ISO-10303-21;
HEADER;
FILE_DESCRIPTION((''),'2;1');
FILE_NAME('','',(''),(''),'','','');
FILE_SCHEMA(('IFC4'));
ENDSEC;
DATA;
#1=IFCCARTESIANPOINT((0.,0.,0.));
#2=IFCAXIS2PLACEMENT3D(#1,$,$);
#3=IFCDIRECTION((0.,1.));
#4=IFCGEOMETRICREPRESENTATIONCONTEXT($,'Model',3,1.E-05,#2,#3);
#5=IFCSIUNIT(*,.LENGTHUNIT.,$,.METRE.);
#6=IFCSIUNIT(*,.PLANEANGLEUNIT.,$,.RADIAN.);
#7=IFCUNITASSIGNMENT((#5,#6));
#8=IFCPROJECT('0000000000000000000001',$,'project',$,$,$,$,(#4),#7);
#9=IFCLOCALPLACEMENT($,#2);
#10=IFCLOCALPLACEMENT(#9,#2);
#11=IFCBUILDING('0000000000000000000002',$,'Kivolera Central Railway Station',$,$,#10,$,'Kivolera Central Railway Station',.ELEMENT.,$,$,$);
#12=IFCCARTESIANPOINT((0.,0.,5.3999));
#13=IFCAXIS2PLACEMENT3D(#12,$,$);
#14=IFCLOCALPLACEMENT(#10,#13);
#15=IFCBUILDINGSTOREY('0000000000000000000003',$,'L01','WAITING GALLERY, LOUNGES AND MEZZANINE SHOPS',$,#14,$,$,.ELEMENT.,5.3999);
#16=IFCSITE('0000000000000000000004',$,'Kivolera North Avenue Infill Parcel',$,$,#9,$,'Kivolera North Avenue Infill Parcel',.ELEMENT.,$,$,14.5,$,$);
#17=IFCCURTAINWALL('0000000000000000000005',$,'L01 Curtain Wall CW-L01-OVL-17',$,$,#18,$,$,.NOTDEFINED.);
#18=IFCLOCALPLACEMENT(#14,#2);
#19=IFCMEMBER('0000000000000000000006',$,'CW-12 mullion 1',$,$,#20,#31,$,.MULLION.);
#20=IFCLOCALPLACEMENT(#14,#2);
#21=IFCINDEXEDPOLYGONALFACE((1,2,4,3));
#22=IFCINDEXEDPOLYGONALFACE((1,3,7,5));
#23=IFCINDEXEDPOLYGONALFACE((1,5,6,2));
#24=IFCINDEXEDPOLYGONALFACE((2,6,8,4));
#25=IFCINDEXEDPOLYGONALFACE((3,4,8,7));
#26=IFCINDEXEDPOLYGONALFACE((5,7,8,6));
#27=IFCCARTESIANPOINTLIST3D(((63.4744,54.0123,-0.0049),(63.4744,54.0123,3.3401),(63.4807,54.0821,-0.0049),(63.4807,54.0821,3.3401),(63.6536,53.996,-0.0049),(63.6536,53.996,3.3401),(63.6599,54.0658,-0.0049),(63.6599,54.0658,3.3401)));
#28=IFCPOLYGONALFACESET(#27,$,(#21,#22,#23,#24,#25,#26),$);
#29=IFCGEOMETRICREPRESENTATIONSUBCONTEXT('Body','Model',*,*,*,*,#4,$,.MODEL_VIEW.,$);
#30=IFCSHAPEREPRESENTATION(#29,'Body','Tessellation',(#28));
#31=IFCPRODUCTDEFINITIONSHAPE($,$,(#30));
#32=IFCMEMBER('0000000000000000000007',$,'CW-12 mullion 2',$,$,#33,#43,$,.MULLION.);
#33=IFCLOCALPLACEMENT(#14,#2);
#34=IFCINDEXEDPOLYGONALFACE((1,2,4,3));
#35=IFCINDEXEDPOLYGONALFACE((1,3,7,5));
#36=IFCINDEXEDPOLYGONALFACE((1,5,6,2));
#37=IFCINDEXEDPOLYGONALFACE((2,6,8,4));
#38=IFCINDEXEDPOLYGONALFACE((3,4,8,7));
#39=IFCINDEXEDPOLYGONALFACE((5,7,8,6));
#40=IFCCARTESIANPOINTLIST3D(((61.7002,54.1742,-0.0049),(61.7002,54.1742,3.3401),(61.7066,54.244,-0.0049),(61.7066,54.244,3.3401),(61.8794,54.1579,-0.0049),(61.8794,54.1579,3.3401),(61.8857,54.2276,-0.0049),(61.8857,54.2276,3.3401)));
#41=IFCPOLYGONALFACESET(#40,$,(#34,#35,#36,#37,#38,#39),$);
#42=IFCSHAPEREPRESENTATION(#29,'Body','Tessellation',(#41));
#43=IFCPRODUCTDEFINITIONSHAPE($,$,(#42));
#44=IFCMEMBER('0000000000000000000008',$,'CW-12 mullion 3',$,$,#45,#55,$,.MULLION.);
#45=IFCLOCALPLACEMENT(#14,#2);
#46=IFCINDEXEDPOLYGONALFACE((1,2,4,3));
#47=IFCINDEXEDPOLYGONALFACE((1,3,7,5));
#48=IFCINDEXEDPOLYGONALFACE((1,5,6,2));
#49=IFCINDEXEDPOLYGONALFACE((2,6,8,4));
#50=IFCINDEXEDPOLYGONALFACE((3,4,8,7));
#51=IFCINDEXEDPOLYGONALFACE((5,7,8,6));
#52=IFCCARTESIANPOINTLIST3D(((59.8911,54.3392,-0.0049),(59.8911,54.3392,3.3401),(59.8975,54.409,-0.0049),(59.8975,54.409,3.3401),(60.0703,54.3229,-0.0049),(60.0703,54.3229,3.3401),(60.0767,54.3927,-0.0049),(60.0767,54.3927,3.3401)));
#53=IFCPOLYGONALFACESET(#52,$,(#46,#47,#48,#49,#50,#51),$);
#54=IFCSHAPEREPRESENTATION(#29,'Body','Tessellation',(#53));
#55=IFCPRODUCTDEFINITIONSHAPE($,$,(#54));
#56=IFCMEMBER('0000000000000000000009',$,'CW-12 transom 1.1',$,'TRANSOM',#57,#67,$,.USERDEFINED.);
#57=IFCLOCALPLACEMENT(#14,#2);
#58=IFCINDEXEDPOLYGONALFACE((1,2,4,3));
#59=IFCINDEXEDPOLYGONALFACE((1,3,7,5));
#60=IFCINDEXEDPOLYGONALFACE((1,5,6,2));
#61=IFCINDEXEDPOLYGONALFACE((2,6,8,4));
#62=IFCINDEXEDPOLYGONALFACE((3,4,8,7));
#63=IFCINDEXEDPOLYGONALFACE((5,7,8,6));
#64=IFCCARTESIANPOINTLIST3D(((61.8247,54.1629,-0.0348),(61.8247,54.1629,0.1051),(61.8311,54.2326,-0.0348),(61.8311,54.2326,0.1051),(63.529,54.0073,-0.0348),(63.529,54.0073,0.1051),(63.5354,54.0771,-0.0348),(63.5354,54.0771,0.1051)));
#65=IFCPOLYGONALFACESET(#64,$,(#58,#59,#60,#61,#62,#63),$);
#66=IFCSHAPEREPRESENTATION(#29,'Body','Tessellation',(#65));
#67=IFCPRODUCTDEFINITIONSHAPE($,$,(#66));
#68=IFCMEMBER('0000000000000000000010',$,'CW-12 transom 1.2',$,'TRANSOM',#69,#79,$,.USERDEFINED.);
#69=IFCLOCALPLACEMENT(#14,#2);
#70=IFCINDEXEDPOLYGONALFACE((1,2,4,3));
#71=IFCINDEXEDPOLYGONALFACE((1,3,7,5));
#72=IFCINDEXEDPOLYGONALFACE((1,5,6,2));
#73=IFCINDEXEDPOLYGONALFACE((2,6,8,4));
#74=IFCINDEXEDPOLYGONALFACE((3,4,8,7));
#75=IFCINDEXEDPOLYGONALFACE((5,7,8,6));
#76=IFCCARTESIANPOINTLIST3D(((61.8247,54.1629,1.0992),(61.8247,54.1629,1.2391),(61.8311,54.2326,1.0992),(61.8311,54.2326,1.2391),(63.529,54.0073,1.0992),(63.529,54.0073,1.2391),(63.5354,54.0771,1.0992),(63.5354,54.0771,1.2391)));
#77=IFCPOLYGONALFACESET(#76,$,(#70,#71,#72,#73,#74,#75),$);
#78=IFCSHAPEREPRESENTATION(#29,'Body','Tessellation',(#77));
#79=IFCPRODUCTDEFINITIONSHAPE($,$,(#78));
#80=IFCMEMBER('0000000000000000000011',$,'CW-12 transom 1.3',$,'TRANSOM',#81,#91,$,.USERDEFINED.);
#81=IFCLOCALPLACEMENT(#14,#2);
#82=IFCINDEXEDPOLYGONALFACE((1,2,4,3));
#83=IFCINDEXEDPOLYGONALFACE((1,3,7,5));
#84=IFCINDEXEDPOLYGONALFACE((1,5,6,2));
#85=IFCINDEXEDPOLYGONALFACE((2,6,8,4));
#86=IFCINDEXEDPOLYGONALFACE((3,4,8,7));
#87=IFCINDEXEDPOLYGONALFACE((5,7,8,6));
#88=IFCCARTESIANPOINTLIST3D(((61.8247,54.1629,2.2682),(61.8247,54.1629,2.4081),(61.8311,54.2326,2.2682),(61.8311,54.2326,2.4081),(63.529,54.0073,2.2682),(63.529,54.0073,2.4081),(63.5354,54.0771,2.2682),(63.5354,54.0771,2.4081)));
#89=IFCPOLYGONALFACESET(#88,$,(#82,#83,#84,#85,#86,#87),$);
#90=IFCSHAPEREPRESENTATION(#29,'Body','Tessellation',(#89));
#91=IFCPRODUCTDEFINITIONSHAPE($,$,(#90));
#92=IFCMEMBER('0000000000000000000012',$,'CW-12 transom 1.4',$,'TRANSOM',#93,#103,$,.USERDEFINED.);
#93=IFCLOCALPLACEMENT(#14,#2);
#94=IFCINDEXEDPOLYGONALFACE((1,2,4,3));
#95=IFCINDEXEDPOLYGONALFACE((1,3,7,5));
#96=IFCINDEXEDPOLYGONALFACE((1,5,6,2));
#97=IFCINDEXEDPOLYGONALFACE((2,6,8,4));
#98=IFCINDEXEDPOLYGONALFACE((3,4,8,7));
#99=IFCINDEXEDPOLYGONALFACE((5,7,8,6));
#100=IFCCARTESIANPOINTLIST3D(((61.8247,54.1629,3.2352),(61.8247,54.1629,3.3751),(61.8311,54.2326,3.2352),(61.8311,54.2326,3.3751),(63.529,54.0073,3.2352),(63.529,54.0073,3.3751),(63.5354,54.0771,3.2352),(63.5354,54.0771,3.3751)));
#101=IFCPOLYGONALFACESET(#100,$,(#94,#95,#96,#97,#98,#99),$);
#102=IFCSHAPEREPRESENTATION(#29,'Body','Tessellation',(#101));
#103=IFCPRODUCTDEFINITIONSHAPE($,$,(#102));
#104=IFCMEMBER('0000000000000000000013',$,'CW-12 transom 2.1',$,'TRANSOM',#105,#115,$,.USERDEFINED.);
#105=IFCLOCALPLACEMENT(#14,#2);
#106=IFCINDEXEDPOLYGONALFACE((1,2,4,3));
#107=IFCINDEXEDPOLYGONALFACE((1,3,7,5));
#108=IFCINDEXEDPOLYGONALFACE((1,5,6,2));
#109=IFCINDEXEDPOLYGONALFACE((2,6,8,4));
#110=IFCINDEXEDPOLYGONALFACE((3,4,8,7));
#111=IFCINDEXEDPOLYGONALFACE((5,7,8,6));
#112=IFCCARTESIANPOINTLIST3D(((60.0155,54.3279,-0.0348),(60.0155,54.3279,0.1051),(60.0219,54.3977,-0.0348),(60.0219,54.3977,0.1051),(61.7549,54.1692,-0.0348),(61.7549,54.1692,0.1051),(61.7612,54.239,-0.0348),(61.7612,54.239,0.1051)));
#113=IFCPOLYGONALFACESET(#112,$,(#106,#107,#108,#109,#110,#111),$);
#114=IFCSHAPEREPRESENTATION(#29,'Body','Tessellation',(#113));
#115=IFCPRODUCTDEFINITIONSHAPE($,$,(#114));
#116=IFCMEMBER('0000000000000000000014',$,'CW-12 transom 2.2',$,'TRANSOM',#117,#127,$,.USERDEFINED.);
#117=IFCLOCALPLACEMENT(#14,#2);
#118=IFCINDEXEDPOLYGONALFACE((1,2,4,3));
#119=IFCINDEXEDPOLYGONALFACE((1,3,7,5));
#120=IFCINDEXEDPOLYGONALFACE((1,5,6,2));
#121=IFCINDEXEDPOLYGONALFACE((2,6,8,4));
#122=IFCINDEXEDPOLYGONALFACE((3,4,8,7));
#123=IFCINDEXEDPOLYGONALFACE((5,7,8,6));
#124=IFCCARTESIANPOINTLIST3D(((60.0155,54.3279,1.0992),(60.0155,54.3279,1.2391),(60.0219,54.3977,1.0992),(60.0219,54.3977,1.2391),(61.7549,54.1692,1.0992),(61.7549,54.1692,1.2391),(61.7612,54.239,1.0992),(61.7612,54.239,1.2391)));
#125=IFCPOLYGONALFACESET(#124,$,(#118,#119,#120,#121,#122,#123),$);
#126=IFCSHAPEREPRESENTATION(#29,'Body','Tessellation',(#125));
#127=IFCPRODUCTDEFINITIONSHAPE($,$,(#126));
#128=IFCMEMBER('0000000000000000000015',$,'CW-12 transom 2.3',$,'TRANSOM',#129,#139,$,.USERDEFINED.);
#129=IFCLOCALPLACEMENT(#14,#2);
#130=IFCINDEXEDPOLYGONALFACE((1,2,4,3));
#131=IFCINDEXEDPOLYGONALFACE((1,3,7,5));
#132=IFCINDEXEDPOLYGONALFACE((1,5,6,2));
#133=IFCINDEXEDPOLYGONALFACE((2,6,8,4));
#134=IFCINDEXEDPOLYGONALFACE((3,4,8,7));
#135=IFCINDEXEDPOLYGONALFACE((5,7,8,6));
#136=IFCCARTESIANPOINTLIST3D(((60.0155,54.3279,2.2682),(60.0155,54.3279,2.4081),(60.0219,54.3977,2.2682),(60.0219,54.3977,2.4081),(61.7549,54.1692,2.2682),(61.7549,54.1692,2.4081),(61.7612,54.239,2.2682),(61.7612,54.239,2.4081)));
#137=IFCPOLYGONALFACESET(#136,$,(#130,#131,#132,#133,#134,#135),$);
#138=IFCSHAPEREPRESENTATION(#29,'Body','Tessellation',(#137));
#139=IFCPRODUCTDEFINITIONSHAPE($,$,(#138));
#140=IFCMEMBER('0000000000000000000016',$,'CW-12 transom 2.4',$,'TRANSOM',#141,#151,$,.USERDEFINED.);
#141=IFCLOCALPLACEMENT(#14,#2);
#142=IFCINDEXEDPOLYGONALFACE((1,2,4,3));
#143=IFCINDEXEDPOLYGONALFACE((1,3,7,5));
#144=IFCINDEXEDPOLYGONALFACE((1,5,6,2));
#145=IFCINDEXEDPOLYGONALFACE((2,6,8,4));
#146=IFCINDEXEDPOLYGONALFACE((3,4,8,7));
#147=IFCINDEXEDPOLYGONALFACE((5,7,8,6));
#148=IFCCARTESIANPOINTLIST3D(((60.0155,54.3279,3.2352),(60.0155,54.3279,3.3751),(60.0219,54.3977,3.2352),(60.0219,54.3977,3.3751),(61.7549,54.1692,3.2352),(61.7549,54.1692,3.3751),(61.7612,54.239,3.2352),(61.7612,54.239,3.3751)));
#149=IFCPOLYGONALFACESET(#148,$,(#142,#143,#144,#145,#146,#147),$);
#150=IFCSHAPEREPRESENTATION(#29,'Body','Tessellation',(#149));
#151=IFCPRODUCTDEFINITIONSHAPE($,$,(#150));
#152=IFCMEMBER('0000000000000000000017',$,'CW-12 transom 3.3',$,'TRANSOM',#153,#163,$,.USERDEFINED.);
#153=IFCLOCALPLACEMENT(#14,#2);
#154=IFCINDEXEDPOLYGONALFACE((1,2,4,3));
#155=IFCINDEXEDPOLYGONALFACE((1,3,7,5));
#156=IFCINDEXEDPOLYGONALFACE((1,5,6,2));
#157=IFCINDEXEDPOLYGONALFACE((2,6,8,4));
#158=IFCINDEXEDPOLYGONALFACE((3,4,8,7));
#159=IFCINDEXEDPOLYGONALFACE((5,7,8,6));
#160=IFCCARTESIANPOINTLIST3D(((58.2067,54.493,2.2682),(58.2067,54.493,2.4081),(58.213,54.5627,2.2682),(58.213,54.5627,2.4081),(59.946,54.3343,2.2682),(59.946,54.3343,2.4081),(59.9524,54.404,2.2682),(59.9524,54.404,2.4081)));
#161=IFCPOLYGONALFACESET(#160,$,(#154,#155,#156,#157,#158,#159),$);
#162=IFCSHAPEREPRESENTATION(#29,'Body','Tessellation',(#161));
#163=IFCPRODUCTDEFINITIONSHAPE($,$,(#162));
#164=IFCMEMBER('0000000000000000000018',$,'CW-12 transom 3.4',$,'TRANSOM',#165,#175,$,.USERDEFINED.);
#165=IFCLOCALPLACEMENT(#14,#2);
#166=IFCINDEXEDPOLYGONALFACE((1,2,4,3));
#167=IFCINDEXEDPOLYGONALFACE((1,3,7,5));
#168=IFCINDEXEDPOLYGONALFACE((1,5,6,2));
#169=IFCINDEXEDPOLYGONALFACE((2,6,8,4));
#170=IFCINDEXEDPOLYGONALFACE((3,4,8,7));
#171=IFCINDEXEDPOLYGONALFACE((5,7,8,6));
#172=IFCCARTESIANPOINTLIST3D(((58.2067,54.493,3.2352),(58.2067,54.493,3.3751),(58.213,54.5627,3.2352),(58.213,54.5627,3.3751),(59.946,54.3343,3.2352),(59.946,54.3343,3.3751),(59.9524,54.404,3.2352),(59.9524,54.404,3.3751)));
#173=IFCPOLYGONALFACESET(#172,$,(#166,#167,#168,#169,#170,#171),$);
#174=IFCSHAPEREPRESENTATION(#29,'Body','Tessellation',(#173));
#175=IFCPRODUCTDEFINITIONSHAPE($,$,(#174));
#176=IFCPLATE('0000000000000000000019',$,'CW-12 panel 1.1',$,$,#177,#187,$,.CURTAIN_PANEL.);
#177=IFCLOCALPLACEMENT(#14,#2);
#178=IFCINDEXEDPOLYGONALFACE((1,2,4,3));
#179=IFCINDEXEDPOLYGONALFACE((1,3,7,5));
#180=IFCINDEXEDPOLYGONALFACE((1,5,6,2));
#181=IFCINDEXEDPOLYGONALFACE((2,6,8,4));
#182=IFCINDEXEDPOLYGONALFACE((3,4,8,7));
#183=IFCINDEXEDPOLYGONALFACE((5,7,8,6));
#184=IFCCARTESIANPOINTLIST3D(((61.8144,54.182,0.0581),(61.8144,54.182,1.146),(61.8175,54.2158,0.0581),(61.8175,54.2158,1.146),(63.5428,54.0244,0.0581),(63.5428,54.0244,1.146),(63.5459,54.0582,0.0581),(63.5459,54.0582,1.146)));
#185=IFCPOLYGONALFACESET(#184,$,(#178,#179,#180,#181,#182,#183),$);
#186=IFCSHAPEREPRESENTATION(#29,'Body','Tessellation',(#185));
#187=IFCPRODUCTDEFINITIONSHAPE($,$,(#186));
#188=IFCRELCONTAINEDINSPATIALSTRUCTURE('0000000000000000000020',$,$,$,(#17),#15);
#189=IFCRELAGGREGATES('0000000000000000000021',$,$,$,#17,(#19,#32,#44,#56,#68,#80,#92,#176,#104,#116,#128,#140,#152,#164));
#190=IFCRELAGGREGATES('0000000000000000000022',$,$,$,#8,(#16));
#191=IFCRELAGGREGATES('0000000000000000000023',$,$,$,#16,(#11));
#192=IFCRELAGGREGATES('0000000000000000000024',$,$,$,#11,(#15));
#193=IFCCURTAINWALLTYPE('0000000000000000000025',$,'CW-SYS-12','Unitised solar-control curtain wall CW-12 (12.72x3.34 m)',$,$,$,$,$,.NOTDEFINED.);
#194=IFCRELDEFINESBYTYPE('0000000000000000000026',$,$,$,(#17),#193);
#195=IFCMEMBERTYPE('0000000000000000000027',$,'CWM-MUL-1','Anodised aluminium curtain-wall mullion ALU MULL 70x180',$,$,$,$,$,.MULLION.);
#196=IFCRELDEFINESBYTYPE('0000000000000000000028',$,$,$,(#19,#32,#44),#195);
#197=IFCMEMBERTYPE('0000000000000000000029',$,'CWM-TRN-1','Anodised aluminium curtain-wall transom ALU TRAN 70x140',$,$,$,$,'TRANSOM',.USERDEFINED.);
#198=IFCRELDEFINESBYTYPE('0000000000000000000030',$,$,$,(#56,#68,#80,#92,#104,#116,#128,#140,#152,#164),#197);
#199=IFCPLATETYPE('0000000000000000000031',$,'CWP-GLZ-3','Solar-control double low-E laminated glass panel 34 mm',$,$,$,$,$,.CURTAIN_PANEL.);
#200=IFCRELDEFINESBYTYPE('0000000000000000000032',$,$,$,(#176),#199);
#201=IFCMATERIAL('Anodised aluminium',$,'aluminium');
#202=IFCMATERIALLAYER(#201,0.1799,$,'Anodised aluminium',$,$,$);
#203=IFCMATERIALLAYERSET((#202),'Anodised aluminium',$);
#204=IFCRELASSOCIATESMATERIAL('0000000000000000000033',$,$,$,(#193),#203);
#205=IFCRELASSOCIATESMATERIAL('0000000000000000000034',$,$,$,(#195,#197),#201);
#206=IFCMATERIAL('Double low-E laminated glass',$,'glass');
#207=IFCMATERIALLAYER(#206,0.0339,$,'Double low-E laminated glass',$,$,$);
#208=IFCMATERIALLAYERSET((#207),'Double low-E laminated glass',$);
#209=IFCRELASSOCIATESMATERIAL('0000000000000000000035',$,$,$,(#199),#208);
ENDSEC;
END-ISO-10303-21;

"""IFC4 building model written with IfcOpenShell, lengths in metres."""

from ifc_helpers import new_model, si_unit, direction, frame, origin, origin_2d, place, context, subcontext, project, spatial, rectangle, extrude, material, layer, layer_set, material_profile, profile_set, type_object, element, aggregate, save


model = new_model("IFC4")

# Units and contexts
model_context = context("Model", 3, precision=1e-05, world=origin(), true_north=direction((0.0, 1.0)))
body_context = subcontext(model_context, "Body", "Model", "MODEL_VIEW")
ifc_project = project(units=[si_unit("LENGTHUNIT", "METRE"), si_unit("PLANEANGLEUNIT", "RADIAN")], contexts=[model_context])

# Site, building, storey
site_placement = place(None, origin())
site = spatial("IfcSite", under=ifc_project, at=site_placement, Name="Kivolera North Avenue Infill Parcel", LongName="Kivolera North Avenue Infill Parcel", CompositionType="ELEMENT", RefElevation=14.5)
building_placement = place(site_placement, origin())
building = spatial("IfcBuilding", under=site, at=building_placement, Name="Kivolera Central Railway Station", LongName="Kivolera Central Railway Station", CompositionType="ELEMENT")
storey_placement = place(building_placement, frame((0.0, 0.0, 5.3999)))
storey = spatial("IfcBuildingStorey", under=building, at=storey_placement, Name="L01", Description="WAITING GALLERY, LOUNGES AND MEZZANINE SHOPS", CompositionType="ELEMENT", Elevation=5.3999)

# Curtain wall, members, plate
ifc_material_1 = material(Name="Anodised aluminium", Category="aluminium")
ifc_layer_1 = layer(ifc_material_1, 0.1799, Name="Anodised aluminium")
ifc_layer_set_1 = layer_set([ifc_layer_1], Name="Anodised aluminium")
curtain_wall_type = type_object("IfcCurtainWallType", Name="CW-SYS-12", Description="Unitised solar-control curtain wall CW-12 (12.72x3.34 m)", PredefinedType="NOTDEFINED", material=ifc_layer_set_1)
curtain_wall_placement = place(storey_placement, origin())
curtain_wall = element("IfcCurtainWall", 1, at=curtain_wall_placement, inside=storey, type_object=curtain_wall_type, Name="L01 Curtain Wall CW-L01-OVL-17", PredefinedType="NOTDEFINED")
ifc_material_profile_1 = material_profile(ifc_material_1, rectangle(XDim=0.0701, YDim=0.1799, at=origin_2d()), Name="ALU MULL 70x180")
ifc_profile_set_1 = profile_set([ifc_material_profile_1], Name="Anodised aluminium")
member_type_1 = type_object("IfcMemberType", Name="CWM-MUL-1", Description="Anodised aluminium curtain-wall mullion ALU MULL 70x180", PredefinedType="MULLION", material=ifc_profile_set_1)
member_1_placement = place(storey_placement, frame((63.5671, 54.0391, -0.0049), z_axis=(0.0, 0.0, 1.0), x_axis=(-0.090834, -0.995866, 0.0)))
member_1 = element("IfcMember", 2, at=member_1_placement, type_object=member_type_1, Name="CW-12 mullion 1", PredefinedType="MULLION", context=body_context, shape_type="SweptSolid", body=[
    extrude(rectangle(XDim=0.0701, YDim=0.1799, at=origin_2d()), origin(), (0.0, 0.0, 1.0), 3.345),
])
member_2_placement = place(storey_placement, frame((61.793, 54.2009, -0.0049), z_axis=(0.0, 0.0, 1.0), x_axis=(-0.090834, -0.995866, 0.0)))
member_2 = element("IfcMember", 3, at=member_2_placement, type_object=member_type_1, Name="CW-12 mullion 2", PredefinedType="MULLION", context=body_context, shape_type="SweptSolid", body=[
    extrude(rectangle(XDim=0.0701, YDim=0.1799, at=origin_2d()), origin(), (0.0, 0.0, 1.0), 3.345),
])
member_3_placement = place(storey_placement, frame((59.9839, 54.366, -0.0049), z_axis=(0.0, 0.0, 1.0), x_axis=(-0.090834, -0.995866, 0.0)))
member_3 = element("IfcMember", 4, at=member_3_placement, type_object=member_type_1, Name="CW-12 mullion 3", PredefinedType="MULLION", context=body_context, shape_type="SweptSolid", body=[
    extrude(rectangle(XDim=0.0701, YDim=0.1799, at=origin_2d()), origin(), (0.0, 0.0, 1.0), 3.345),
])
ifc_material_profile_2 = material_profile(ifc_material_1, rectangle(XDim=0.0701, YDim=0.1399, at=origin_2d()), Name="ALU TRAN 70x140")
ifc_profile_set_2 = profile_set([ifc_material_profile_2], Name="Anodised aluminium")
member_type_2 = type_object("IfcMemberType", Name="CWM-TRN-1", Description="Anodised aluminium curtain-wall transom ALU TRAN 70x140", ElementType="TRANSOM", PredefinedType="USERDEFINED", material=ifc_profile_set_2)
member_4_placement = place(storey_placement, frame((63.5322, 54.0422, 0.0352), z_axis=(-0.995863, 0.09087, 0.0), x_axis=(-0.09087, -0.995863, 0.0)))
member_4 = element("IfcMember", 5, at=member_4_placement, type_object=member_type_2, Name="CW-12 transom 1.1", ObjectType="TRANSOM", PredefinedType="USERDEFINED", context=body_context, shape_type="SweptSolid", body=[
    extrude(rectangle(XDim=0.0701, YDim=0.1399, at=origin_2d()), origin(), (0.0, 0.0, 1.0), 1.7114),
])
member_5_placement = place(storey_placement, frame((63.5322, 54.0422, 1.1692), z_axis=(-0.995863, 0.09087, 0.0), x_axis=(-0.09087, -0.995863, 0.0)))
member_5 = element("IfcMember", 6, at=member_5_placement, type_object=member_type_2, Name="CW-12 transom 1.2", ObjectType="TRANSOM", PredefinedType="USERDEFINED", context=body_context, shape_type="SweptSolid", body=[
    extrude(rectangle(XDim=0.0701, YDim=0.1399, at=origin_2d()), origin(), (0.0, 0.0, 1.0), 1.7114),
])
member_6_placement = place(storey_placement, frame((63.5322, 54.0422, 2.3381), z_axis=(-0.995863, 0.09087, 0.0), x_axis=(-0.09087, -0.995863, 0.0)))
member_6 = element("IfcMember", 7, at=member_6_placement, type_object=member_type_2, Name="CW-12 transom 1.3", ObjectType="TRANSOM", PredefinedType="USERDEFINED", context=body_context, shape_type="SweptSolid", body=[
    extrude(rectangle(XDim=0.0701, YDim=0.1399, at=origin_2d()), origin(), (0.0, 0.0, 1.0), 1.7114),
])
member_7_placement = place(storey_placement, frame((63.5322, 54.0422, 3.3052), z_axis=(-0.995863, 0.09087, 0.0), x_axis=(-0.09087, -0.995863, 0.0)))
member_7 = element("IfcMember", 8, at=member_7_placement, type_object=member_type_2, Name="CW-12 transom 1.4", ObjectType="TRANSOM", PredefinedType="USERDEFINED", context=body_context, shape_type="SweptSolid", body=[
    extrude(rectangle(XDim=0.0701, YDim=0.1399, at=origin_2d()), origin(), (0.0, 0.0, 1.0), 1.7114),
])
member_8_placement = place(storey_placement, frame((61.7581, 54.2041, 0.0352), z_axis=(-0.995863, 0.090863, 0.0), x_axis=(-0.090863, -0.995863, 0.0)))
member_8 = element("IfcMember", 9, at=member_8_placement, type_object=member_type_2, Name="CW-12 transom 2.1", ObjectType="TRANSOM", PredefinedType="USERDEFINED", context=body_context, shape_type="SweptSolid", body=[
    extrude(rectangle(XDim=0.0701, YDim=0.1399, at=origin_2d()), origin(), (0.0, 0.0, 1.0), 1.7466),
])
member_9_placement = place(storey_placement, frame((61.7581, 54.2041, 1.1692), z_axis=(-0.995863, 0.090863, 0.0), x_axis=(-0.090863, -0.995863, 0.0)))
member_9 = element("IfcMember", 10, at=member_9_placement, type_object=member_type_2, Name="CW-12 transom 2.2", ObjectType="TRANSOM", PredefinedType="USERDEFINED", context=body_context, shape_type="SweptSolid", body=[
    extrude(rectangle(XDim=0.0701, YDim=0.1399, at=origin_2d()), origin(), (0.0, 0.0, 1.0), 1.7466),
])
member_10_placement = place(storey_placement, frame((61.7581, 54.2041, 2.3381), z_axis=(-0.995863, 0.090863, 0.0), x_axis=(-0.090863, -0.995863, 0.0)))
member_10 = element("IfcMember", 11, at=member_10_placement, type_object=member_type_2, Name="CW-12 transom 2.3", ObjectType="TRANSOM", PredefinedType="USERDEFINED", context=body_context, shape_type="SweptSolid", body=[
    extrude(rectangle(XDim=0.0701, YDim=0.1399, at=origin_2d()), origin(), (0.0, 0.0, 1.0), 1.7466),
])
member_11_placement = place(storey_placement, frame((61.7581, 54.2041, 3.3052), z_axis=(-0.995863, 0.090863, 0.0), x_axis=(-0.090863, -0.995863, 0.0)))
member_11 = element("IfcMember", 12, at=member_11_placement, type_object=member_type_2, Name="CW-12 transom 2.4", ObjectType="TRANSOM", PredefinedType="USERDEFINED", context=body_context, shape_type="SweptSolid", body=[
    extrude(rectangle(XDim=0.0701, YDim=0.1399, at=origin_2d()), origin(), (0.0, 0.0, 1.0), 1.7466),
])
member_12_placement = place(storey_placement, frame((59.9492, 54.3691, 2.3381), z_axis=(-0.995863, 0.090863, 0.0), x_axis=(-0.090863, -0.995863, 0.0)))
member_12 = element("IfcMember", 13, at=member_12_placement, type_object=member_type_2, Name="CW-12 transom 3.3", ObjectType="TRANSOM", PredefinedType="USERDEFINED", context=body_context, shape_type="SweptSolid", body=[
    extrude(rectangle(XDim=0.0701, YDim=0.1399, at=origin_2d()), origin(), (0.0, 0.0, 1.0), 1.7466),
])
member_13_placement = place(storey_placement, frame((59.9492, 54.3691, 3.3052), z_axis=(-0.995863, 0.090863, 0.0), x_axis=(-0.090863, -0.995863, 0.0)))
member_13 = element("IfcMember", 14, at=member_13_placement, type_object=member_type_2, Name="CW-12 transom 3.4", ObjectType="TRANSOM", PredefinedType="USERDEFINED", context=body_context, shape_type="SweptSolid", body=[
    extrude(rectangle(XDim=0.0701, YDim=0.1399, at=origin_2d()), origin(), (0.0, 0.0, 1.0), 1.7466),
])
ifc_material_2 = material(Name="Double low-E laminated glass", Category="glass")
ifc_layer_2 = layer(ifc_material_2, 0.0339, Name="Double low-E laminated glass")
ifc_layer_set_2 = layer_set([ifc_layer_2], Name="Double low-E laminated glass")
plate_type = type_object("IfcPlateType", Name="CWP-GLZ-3", Description="Solar-control double low-E laminated glass panel 34 mm", PredefinedType="CURTAIN_PANEL", material=ifc_layer_set_2)
plate_1_placement = place(storey_placement, frame((62.6802, 54.1201, 0.0581), z_axis=(0.0, 0.0, 1.0), x_axis=(-0.995866, 0.090834, 0.0)))
plate_1 = element("IfcPlate", 15, at=plate_1_placement, type_object=plate_type, Name="CW-12 panel 1.1", PredefinedType="CURTAIN_PANEL", context=body_context, shape_type="SweptSolid", body=[
    extrude(rectangle(XDim=1.7356, YDim=0.0339, at=origin_2d()), origin(), (0.0, 0.0, 1.0), 1.0879),
])
aggregate(curtain_wall, [member_1, member_2, member_3, member_4, member_5, member_6, member_7, plate_1, member_8, member_9, member_10, member_11, member_12, member_13])

save(model, "model.ifc")
